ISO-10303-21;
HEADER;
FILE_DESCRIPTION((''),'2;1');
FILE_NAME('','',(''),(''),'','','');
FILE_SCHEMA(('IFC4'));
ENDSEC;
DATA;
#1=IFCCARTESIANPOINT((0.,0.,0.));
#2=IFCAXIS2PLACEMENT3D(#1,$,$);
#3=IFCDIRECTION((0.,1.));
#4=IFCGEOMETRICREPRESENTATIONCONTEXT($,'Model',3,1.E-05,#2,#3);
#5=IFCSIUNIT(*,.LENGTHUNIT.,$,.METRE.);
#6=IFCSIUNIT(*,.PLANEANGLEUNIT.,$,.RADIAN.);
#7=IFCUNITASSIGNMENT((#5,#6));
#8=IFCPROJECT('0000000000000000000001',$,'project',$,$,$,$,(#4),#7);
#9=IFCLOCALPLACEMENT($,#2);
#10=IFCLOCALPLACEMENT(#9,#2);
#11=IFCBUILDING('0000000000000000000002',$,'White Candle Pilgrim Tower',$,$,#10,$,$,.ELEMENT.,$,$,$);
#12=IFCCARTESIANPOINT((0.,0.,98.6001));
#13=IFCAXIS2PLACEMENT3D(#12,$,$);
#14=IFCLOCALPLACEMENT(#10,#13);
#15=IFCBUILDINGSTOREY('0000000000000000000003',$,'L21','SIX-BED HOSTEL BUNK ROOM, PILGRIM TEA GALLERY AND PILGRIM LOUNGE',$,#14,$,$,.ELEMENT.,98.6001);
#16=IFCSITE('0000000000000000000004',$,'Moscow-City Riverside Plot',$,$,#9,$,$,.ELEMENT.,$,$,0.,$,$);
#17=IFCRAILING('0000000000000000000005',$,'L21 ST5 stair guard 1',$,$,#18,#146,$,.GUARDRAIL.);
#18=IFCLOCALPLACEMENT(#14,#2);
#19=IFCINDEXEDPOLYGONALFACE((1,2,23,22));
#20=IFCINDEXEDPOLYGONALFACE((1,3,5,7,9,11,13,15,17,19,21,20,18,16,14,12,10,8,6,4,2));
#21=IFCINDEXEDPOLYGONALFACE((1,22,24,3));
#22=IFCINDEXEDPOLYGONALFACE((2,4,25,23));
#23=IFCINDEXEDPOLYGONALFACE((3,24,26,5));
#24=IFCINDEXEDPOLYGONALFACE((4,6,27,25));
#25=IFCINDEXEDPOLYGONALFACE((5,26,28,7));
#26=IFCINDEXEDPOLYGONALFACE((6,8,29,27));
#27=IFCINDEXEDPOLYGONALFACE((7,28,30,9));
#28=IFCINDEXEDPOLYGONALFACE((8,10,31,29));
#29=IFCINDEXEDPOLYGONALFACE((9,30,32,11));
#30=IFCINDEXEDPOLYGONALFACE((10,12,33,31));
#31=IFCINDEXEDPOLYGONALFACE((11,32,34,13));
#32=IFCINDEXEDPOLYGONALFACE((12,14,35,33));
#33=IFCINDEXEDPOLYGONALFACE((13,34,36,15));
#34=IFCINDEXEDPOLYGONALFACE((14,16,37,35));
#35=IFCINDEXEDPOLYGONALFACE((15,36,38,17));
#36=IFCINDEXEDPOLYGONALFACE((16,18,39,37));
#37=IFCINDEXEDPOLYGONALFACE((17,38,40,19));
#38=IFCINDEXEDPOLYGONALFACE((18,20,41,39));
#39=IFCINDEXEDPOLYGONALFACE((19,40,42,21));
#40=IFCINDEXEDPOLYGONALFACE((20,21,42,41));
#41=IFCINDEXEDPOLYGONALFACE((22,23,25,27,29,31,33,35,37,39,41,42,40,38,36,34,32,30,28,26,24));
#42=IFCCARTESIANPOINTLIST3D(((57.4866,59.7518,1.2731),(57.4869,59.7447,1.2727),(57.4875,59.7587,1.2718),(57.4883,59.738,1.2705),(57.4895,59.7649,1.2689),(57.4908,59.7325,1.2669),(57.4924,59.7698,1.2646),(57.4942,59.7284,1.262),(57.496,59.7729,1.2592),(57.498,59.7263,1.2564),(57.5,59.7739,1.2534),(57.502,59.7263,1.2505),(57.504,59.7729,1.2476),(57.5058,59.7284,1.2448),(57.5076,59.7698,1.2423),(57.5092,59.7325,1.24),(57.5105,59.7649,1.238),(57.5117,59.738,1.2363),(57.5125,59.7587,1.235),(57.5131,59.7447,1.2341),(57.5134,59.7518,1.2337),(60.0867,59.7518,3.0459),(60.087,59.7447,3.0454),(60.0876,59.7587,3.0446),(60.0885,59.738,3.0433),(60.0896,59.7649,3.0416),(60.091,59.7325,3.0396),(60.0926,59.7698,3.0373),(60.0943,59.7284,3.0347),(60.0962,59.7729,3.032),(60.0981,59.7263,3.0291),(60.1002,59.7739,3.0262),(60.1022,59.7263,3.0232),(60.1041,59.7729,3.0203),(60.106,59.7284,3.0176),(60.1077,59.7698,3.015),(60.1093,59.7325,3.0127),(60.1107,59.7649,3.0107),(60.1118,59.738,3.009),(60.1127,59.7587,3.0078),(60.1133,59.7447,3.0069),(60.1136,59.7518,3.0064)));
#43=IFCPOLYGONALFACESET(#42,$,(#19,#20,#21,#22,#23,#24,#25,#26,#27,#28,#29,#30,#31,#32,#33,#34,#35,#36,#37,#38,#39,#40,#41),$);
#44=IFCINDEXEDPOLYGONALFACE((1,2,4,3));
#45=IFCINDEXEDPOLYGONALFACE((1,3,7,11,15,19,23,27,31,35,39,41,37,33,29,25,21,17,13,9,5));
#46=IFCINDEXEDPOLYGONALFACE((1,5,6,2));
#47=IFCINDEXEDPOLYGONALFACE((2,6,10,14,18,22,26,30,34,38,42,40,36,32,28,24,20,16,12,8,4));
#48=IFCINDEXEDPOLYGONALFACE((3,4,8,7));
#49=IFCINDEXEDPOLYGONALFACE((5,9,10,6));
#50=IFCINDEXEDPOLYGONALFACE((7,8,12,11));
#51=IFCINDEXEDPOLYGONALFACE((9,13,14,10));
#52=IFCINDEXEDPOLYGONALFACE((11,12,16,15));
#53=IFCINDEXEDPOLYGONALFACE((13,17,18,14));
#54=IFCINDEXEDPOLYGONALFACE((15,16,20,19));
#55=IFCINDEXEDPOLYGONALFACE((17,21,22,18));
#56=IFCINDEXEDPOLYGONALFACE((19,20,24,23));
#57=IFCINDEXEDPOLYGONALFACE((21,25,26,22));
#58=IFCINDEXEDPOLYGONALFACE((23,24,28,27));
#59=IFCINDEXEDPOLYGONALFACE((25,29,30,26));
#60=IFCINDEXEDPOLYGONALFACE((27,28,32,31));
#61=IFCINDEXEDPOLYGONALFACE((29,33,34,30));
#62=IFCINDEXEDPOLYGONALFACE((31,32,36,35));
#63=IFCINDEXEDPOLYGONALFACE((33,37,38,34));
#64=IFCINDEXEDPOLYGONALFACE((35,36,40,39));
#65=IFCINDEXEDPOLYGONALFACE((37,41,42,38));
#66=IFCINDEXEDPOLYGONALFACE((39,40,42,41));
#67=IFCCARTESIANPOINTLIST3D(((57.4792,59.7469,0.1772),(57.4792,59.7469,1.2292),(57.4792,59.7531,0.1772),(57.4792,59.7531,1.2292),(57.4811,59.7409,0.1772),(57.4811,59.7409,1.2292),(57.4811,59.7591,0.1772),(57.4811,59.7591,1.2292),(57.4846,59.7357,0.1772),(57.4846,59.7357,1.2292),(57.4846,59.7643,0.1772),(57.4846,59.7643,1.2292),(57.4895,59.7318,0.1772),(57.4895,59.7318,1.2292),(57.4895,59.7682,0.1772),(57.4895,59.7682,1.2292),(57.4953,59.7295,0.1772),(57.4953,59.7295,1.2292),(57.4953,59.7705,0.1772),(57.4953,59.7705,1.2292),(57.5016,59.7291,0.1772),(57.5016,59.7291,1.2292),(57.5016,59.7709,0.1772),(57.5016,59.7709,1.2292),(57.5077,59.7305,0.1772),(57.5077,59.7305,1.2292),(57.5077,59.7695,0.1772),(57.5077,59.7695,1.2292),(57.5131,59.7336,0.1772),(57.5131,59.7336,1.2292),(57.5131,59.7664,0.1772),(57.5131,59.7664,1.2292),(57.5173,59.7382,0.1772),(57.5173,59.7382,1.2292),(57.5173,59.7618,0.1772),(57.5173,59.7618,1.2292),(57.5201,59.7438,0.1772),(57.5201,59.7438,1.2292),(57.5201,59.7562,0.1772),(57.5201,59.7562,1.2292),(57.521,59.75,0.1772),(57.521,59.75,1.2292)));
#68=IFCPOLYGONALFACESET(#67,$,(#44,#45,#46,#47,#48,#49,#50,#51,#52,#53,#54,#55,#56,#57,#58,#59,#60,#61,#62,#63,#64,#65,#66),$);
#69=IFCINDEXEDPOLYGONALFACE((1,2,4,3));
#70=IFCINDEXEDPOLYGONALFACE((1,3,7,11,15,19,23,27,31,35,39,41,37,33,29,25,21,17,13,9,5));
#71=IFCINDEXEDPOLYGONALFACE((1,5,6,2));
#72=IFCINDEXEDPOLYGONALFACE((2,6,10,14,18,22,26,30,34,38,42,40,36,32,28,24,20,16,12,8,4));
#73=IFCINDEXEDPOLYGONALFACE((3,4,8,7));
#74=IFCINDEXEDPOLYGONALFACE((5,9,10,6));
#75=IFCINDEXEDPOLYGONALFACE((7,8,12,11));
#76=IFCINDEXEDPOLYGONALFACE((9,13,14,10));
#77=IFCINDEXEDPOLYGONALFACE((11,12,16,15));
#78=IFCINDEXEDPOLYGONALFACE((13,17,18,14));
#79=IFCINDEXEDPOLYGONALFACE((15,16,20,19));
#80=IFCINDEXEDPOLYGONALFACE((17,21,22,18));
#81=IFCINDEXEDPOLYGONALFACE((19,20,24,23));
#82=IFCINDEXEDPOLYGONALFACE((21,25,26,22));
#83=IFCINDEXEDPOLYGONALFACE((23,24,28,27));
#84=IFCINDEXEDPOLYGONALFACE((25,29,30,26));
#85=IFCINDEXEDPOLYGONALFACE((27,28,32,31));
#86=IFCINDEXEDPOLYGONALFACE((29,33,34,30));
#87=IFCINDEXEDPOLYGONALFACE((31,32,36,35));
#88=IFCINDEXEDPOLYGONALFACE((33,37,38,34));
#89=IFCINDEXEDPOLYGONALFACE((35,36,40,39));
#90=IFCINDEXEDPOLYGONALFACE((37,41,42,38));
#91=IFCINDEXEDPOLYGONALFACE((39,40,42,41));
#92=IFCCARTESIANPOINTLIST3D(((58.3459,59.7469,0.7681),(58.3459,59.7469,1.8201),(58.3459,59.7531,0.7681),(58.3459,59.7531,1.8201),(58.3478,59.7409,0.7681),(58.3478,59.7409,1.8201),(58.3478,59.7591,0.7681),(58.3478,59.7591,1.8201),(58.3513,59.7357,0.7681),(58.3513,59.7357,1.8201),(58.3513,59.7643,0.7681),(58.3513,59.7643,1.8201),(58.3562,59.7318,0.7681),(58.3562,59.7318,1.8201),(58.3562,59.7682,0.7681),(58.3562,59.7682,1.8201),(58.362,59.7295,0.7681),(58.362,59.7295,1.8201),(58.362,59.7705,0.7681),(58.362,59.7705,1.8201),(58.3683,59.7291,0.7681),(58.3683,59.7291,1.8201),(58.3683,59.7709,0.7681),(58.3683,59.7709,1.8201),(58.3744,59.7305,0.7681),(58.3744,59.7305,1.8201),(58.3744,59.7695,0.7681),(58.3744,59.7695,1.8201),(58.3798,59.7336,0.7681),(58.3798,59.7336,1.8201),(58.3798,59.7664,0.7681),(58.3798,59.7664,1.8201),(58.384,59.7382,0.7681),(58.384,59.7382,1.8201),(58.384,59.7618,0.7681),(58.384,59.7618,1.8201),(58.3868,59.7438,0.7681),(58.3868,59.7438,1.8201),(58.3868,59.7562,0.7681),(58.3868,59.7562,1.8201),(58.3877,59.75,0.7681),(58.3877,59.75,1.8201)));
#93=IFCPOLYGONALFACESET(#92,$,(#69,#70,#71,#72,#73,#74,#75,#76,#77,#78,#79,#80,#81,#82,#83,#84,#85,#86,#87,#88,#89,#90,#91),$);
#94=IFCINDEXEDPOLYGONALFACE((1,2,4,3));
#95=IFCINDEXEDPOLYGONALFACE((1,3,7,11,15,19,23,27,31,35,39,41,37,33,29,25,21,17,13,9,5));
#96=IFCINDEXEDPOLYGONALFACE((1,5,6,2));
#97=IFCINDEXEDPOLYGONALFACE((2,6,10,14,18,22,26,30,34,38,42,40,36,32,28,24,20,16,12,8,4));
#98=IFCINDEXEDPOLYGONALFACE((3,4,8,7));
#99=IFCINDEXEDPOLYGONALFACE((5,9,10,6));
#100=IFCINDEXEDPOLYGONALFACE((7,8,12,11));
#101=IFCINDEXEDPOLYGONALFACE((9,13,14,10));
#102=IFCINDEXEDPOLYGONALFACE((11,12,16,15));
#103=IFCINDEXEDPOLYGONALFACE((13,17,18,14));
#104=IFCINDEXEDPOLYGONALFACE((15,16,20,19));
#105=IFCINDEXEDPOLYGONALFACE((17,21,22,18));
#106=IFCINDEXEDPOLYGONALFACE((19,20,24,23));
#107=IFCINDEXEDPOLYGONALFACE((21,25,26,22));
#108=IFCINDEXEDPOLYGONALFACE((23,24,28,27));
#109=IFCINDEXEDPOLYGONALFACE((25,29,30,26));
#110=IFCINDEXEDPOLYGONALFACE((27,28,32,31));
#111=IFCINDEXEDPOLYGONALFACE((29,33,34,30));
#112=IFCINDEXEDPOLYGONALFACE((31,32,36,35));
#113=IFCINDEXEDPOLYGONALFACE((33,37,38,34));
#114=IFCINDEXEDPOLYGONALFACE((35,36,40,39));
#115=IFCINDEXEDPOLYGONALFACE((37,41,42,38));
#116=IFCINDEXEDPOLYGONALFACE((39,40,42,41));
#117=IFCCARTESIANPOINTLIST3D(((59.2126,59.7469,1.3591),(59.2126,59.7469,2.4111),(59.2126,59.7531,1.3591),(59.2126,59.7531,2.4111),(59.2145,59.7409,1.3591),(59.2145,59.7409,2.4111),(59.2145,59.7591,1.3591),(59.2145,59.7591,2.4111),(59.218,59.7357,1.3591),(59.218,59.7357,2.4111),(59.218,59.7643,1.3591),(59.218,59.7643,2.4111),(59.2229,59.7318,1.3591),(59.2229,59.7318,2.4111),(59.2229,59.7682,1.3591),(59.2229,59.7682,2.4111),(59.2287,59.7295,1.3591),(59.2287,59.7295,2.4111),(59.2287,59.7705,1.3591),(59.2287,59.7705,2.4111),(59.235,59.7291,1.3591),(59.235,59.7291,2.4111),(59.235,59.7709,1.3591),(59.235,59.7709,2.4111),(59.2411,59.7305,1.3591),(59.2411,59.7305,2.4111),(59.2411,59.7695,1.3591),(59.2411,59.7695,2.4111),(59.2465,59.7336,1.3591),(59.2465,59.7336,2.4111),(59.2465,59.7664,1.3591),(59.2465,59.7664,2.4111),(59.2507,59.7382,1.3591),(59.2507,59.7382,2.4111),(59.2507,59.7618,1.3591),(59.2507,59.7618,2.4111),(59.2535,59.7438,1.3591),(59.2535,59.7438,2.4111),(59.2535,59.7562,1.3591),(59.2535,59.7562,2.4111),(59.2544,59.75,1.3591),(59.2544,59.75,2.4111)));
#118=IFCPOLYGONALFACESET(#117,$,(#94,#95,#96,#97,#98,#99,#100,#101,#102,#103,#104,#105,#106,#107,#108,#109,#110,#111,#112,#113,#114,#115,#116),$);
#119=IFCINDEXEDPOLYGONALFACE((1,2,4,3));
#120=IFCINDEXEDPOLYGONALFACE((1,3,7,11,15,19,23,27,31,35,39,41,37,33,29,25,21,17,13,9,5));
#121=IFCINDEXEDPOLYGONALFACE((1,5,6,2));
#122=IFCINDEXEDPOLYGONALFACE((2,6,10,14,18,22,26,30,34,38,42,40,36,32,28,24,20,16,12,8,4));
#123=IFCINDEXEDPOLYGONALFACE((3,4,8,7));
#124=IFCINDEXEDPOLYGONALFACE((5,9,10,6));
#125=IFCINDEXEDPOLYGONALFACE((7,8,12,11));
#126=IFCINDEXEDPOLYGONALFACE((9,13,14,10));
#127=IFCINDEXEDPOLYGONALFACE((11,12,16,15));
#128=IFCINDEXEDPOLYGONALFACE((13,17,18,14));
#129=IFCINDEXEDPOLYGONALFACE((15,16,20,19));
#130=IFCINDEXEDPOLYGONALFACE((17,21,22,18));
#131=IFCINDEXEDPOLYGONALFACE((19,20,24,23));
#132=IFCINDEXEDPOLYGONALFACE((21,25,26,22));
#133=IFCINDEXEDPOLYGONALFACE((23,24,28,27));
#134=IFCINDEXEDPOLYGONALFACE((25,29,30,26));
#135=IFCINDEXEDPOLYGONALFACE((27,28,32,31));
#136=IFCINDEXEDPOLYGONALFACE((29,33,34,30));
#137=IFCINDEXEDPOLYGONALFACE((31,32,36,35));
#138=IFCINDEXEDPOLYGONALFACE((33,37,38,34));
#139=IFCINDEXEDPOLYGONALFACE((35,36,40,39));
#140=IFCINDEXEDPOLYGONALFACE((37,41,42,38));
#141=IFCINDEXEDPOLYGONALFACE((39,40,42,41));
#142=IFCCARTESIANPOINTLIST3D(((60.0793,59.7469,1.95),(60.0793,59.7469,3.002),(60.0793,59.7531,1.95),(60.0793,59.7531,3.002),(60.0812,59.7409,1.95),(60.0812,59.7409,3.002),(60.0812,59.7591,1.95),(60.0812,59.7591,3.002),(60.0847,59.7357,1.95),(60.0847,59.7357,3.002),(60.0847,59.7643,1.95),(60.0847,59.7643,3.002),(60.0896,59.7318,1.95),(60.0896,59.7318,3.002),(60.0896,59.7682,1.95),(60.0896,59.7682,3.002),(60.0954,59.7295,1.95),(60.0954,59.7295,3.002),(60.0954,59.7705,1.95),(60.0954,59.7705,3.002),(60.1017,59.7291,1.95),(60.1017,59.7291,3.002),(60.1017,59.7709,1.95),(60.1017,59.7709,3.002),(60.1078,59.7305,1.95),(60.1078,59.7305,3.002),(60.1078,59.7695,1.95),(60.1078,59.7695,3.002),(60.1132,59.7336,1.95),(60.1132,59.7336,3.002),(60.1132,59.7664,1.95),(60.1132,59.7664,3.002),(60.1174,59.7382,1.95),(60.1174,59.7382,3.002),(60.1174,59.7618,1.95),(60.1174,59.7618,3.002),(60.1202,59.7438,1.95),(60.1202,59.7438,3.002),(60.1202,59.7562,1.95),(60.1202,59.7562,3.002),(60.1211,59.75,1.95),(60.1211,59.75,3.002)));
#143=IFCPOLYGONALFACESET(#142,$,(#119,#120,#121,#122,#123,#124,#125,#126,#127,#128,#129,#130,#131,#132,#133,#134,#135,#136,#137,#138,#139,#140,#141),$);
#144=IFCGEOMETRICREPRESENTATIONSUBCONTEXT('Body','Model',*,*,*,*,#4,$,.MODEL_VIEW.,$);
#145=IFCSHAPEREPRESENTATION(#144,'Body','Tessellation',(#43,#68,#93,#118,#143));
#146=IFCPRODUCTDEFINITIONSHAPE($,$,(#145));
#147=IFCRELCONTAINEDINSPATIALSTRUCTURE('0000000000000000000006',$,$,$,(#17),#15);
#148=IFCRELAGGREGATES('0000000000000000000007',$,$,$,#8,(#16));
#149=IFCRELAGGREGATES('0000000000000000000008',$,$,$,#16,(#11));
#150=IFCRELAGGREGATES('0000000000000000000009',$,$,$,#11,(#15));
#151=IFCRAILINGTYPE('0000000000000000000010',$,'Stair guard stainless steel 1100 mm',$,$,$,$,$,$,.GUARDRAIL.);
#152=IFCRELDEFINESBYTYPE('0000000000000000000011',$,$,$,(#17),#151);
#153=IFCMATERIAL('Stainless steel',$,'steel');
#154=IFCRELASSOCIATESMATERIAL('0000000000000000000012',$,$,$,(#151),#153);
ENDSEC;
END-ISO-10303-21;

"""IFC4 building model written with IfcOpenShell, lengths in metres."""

from ifc_helpers import new_model, si_unit, direction, frame, origin, origin_2d, place, context, subcontext, project, spatial, circle, extrude, material, type_object, element, save


model = new_model("IFC4")

# Units and contexts
model_context = context("Model", 3, precision=1e-05, world=origin(), true_north=direction((0.0, 1.0)))
body_context = subcontext(model_context, "Body", "Model", "MODEL_VIEW")
ifc_project = project(units=[si_unit("LENGTHUNIT", "METRE"), si_unit("PLANEANGLEUNIT", "RADIAN")], contexts=[model_context])

# Site, building, storey
site_placement = place(None, origin())
site = spatial("IfcSite", under=ifc_project, at=site_placement, Name="Moscow-City Riverside Plot", CompositionType="ELEMENT", RefElevation=0.0)
building_placement = place(site_placement, origin())
building = spatial("IfcBuilding", under=site, at=building_placement, Name="White Candle Pilgrim Tower", CompositionType="ELEMENT")
storey_placement = place(building_placement, frame((0.0, 0.0, 98.6001)))
storey = spatial("IfcBuildingStorey", under=building, at=storey_placement, Name="L21", Description="SIX-BED HOSTEL BUNK ROOM, PILGRIM TEA GALLERY AND PILGRIM LOUNGE", CompositionType="ELEMENT", Elevation=98.6001)

# Railing
ifc_material_1 = material(Name="Stainless steel", Category="steel")
railing_type_1 = type_object("IfcRailingType", Name="Stair guard stainless steel 1100 mm", PredefinedType="GUARDRAIL", material=ifc_material_1)
railing_1_placement = place(storey_placement, frame((57.5, 59.75, 0.1772)))
element("IfcRailing", 1, at=railing_1_placement, inside=storey, type_object=railing_type_1, Name="L21 ST5 stair guard 1", PredefinedType="GUARDRAIL", context=body_context, shape_type="SweptSolid", body=[
    extrude(circle(Radius=0.0239, at=origin_2d()), frame((0.0, 0.0, 1.0762), z_axis=(0.82624, 0.0, 0.563318), x_axis=(0.0, 1.0, 0.0)), (0.0, 0.0, 1.0), 3.147),
    extrude(circle(Radius=0.021, at=origin_2d()), origin(), (0.0, 0.0, 1.0), 1.052),
    extrude(circle(Radius=0.021, at=origin_2d()), frame((0.8667, 0.0, 0.5908)), (0.0, 0.0, 1.0), 1.052),
    extrude(circle(Radius=0.021, at=origin_2d()), frame((1.7334, 0.0, 1.1819)), (0.0, 0.0, 1.0), 1.052),
    extrude(circle(Radius=0.021, at=origin_2d()), frame((2.6001, 0.0, 1.7727)), (0.0, 0.0, 1.0), 1.052),
])

save(model, "model.ifc")
